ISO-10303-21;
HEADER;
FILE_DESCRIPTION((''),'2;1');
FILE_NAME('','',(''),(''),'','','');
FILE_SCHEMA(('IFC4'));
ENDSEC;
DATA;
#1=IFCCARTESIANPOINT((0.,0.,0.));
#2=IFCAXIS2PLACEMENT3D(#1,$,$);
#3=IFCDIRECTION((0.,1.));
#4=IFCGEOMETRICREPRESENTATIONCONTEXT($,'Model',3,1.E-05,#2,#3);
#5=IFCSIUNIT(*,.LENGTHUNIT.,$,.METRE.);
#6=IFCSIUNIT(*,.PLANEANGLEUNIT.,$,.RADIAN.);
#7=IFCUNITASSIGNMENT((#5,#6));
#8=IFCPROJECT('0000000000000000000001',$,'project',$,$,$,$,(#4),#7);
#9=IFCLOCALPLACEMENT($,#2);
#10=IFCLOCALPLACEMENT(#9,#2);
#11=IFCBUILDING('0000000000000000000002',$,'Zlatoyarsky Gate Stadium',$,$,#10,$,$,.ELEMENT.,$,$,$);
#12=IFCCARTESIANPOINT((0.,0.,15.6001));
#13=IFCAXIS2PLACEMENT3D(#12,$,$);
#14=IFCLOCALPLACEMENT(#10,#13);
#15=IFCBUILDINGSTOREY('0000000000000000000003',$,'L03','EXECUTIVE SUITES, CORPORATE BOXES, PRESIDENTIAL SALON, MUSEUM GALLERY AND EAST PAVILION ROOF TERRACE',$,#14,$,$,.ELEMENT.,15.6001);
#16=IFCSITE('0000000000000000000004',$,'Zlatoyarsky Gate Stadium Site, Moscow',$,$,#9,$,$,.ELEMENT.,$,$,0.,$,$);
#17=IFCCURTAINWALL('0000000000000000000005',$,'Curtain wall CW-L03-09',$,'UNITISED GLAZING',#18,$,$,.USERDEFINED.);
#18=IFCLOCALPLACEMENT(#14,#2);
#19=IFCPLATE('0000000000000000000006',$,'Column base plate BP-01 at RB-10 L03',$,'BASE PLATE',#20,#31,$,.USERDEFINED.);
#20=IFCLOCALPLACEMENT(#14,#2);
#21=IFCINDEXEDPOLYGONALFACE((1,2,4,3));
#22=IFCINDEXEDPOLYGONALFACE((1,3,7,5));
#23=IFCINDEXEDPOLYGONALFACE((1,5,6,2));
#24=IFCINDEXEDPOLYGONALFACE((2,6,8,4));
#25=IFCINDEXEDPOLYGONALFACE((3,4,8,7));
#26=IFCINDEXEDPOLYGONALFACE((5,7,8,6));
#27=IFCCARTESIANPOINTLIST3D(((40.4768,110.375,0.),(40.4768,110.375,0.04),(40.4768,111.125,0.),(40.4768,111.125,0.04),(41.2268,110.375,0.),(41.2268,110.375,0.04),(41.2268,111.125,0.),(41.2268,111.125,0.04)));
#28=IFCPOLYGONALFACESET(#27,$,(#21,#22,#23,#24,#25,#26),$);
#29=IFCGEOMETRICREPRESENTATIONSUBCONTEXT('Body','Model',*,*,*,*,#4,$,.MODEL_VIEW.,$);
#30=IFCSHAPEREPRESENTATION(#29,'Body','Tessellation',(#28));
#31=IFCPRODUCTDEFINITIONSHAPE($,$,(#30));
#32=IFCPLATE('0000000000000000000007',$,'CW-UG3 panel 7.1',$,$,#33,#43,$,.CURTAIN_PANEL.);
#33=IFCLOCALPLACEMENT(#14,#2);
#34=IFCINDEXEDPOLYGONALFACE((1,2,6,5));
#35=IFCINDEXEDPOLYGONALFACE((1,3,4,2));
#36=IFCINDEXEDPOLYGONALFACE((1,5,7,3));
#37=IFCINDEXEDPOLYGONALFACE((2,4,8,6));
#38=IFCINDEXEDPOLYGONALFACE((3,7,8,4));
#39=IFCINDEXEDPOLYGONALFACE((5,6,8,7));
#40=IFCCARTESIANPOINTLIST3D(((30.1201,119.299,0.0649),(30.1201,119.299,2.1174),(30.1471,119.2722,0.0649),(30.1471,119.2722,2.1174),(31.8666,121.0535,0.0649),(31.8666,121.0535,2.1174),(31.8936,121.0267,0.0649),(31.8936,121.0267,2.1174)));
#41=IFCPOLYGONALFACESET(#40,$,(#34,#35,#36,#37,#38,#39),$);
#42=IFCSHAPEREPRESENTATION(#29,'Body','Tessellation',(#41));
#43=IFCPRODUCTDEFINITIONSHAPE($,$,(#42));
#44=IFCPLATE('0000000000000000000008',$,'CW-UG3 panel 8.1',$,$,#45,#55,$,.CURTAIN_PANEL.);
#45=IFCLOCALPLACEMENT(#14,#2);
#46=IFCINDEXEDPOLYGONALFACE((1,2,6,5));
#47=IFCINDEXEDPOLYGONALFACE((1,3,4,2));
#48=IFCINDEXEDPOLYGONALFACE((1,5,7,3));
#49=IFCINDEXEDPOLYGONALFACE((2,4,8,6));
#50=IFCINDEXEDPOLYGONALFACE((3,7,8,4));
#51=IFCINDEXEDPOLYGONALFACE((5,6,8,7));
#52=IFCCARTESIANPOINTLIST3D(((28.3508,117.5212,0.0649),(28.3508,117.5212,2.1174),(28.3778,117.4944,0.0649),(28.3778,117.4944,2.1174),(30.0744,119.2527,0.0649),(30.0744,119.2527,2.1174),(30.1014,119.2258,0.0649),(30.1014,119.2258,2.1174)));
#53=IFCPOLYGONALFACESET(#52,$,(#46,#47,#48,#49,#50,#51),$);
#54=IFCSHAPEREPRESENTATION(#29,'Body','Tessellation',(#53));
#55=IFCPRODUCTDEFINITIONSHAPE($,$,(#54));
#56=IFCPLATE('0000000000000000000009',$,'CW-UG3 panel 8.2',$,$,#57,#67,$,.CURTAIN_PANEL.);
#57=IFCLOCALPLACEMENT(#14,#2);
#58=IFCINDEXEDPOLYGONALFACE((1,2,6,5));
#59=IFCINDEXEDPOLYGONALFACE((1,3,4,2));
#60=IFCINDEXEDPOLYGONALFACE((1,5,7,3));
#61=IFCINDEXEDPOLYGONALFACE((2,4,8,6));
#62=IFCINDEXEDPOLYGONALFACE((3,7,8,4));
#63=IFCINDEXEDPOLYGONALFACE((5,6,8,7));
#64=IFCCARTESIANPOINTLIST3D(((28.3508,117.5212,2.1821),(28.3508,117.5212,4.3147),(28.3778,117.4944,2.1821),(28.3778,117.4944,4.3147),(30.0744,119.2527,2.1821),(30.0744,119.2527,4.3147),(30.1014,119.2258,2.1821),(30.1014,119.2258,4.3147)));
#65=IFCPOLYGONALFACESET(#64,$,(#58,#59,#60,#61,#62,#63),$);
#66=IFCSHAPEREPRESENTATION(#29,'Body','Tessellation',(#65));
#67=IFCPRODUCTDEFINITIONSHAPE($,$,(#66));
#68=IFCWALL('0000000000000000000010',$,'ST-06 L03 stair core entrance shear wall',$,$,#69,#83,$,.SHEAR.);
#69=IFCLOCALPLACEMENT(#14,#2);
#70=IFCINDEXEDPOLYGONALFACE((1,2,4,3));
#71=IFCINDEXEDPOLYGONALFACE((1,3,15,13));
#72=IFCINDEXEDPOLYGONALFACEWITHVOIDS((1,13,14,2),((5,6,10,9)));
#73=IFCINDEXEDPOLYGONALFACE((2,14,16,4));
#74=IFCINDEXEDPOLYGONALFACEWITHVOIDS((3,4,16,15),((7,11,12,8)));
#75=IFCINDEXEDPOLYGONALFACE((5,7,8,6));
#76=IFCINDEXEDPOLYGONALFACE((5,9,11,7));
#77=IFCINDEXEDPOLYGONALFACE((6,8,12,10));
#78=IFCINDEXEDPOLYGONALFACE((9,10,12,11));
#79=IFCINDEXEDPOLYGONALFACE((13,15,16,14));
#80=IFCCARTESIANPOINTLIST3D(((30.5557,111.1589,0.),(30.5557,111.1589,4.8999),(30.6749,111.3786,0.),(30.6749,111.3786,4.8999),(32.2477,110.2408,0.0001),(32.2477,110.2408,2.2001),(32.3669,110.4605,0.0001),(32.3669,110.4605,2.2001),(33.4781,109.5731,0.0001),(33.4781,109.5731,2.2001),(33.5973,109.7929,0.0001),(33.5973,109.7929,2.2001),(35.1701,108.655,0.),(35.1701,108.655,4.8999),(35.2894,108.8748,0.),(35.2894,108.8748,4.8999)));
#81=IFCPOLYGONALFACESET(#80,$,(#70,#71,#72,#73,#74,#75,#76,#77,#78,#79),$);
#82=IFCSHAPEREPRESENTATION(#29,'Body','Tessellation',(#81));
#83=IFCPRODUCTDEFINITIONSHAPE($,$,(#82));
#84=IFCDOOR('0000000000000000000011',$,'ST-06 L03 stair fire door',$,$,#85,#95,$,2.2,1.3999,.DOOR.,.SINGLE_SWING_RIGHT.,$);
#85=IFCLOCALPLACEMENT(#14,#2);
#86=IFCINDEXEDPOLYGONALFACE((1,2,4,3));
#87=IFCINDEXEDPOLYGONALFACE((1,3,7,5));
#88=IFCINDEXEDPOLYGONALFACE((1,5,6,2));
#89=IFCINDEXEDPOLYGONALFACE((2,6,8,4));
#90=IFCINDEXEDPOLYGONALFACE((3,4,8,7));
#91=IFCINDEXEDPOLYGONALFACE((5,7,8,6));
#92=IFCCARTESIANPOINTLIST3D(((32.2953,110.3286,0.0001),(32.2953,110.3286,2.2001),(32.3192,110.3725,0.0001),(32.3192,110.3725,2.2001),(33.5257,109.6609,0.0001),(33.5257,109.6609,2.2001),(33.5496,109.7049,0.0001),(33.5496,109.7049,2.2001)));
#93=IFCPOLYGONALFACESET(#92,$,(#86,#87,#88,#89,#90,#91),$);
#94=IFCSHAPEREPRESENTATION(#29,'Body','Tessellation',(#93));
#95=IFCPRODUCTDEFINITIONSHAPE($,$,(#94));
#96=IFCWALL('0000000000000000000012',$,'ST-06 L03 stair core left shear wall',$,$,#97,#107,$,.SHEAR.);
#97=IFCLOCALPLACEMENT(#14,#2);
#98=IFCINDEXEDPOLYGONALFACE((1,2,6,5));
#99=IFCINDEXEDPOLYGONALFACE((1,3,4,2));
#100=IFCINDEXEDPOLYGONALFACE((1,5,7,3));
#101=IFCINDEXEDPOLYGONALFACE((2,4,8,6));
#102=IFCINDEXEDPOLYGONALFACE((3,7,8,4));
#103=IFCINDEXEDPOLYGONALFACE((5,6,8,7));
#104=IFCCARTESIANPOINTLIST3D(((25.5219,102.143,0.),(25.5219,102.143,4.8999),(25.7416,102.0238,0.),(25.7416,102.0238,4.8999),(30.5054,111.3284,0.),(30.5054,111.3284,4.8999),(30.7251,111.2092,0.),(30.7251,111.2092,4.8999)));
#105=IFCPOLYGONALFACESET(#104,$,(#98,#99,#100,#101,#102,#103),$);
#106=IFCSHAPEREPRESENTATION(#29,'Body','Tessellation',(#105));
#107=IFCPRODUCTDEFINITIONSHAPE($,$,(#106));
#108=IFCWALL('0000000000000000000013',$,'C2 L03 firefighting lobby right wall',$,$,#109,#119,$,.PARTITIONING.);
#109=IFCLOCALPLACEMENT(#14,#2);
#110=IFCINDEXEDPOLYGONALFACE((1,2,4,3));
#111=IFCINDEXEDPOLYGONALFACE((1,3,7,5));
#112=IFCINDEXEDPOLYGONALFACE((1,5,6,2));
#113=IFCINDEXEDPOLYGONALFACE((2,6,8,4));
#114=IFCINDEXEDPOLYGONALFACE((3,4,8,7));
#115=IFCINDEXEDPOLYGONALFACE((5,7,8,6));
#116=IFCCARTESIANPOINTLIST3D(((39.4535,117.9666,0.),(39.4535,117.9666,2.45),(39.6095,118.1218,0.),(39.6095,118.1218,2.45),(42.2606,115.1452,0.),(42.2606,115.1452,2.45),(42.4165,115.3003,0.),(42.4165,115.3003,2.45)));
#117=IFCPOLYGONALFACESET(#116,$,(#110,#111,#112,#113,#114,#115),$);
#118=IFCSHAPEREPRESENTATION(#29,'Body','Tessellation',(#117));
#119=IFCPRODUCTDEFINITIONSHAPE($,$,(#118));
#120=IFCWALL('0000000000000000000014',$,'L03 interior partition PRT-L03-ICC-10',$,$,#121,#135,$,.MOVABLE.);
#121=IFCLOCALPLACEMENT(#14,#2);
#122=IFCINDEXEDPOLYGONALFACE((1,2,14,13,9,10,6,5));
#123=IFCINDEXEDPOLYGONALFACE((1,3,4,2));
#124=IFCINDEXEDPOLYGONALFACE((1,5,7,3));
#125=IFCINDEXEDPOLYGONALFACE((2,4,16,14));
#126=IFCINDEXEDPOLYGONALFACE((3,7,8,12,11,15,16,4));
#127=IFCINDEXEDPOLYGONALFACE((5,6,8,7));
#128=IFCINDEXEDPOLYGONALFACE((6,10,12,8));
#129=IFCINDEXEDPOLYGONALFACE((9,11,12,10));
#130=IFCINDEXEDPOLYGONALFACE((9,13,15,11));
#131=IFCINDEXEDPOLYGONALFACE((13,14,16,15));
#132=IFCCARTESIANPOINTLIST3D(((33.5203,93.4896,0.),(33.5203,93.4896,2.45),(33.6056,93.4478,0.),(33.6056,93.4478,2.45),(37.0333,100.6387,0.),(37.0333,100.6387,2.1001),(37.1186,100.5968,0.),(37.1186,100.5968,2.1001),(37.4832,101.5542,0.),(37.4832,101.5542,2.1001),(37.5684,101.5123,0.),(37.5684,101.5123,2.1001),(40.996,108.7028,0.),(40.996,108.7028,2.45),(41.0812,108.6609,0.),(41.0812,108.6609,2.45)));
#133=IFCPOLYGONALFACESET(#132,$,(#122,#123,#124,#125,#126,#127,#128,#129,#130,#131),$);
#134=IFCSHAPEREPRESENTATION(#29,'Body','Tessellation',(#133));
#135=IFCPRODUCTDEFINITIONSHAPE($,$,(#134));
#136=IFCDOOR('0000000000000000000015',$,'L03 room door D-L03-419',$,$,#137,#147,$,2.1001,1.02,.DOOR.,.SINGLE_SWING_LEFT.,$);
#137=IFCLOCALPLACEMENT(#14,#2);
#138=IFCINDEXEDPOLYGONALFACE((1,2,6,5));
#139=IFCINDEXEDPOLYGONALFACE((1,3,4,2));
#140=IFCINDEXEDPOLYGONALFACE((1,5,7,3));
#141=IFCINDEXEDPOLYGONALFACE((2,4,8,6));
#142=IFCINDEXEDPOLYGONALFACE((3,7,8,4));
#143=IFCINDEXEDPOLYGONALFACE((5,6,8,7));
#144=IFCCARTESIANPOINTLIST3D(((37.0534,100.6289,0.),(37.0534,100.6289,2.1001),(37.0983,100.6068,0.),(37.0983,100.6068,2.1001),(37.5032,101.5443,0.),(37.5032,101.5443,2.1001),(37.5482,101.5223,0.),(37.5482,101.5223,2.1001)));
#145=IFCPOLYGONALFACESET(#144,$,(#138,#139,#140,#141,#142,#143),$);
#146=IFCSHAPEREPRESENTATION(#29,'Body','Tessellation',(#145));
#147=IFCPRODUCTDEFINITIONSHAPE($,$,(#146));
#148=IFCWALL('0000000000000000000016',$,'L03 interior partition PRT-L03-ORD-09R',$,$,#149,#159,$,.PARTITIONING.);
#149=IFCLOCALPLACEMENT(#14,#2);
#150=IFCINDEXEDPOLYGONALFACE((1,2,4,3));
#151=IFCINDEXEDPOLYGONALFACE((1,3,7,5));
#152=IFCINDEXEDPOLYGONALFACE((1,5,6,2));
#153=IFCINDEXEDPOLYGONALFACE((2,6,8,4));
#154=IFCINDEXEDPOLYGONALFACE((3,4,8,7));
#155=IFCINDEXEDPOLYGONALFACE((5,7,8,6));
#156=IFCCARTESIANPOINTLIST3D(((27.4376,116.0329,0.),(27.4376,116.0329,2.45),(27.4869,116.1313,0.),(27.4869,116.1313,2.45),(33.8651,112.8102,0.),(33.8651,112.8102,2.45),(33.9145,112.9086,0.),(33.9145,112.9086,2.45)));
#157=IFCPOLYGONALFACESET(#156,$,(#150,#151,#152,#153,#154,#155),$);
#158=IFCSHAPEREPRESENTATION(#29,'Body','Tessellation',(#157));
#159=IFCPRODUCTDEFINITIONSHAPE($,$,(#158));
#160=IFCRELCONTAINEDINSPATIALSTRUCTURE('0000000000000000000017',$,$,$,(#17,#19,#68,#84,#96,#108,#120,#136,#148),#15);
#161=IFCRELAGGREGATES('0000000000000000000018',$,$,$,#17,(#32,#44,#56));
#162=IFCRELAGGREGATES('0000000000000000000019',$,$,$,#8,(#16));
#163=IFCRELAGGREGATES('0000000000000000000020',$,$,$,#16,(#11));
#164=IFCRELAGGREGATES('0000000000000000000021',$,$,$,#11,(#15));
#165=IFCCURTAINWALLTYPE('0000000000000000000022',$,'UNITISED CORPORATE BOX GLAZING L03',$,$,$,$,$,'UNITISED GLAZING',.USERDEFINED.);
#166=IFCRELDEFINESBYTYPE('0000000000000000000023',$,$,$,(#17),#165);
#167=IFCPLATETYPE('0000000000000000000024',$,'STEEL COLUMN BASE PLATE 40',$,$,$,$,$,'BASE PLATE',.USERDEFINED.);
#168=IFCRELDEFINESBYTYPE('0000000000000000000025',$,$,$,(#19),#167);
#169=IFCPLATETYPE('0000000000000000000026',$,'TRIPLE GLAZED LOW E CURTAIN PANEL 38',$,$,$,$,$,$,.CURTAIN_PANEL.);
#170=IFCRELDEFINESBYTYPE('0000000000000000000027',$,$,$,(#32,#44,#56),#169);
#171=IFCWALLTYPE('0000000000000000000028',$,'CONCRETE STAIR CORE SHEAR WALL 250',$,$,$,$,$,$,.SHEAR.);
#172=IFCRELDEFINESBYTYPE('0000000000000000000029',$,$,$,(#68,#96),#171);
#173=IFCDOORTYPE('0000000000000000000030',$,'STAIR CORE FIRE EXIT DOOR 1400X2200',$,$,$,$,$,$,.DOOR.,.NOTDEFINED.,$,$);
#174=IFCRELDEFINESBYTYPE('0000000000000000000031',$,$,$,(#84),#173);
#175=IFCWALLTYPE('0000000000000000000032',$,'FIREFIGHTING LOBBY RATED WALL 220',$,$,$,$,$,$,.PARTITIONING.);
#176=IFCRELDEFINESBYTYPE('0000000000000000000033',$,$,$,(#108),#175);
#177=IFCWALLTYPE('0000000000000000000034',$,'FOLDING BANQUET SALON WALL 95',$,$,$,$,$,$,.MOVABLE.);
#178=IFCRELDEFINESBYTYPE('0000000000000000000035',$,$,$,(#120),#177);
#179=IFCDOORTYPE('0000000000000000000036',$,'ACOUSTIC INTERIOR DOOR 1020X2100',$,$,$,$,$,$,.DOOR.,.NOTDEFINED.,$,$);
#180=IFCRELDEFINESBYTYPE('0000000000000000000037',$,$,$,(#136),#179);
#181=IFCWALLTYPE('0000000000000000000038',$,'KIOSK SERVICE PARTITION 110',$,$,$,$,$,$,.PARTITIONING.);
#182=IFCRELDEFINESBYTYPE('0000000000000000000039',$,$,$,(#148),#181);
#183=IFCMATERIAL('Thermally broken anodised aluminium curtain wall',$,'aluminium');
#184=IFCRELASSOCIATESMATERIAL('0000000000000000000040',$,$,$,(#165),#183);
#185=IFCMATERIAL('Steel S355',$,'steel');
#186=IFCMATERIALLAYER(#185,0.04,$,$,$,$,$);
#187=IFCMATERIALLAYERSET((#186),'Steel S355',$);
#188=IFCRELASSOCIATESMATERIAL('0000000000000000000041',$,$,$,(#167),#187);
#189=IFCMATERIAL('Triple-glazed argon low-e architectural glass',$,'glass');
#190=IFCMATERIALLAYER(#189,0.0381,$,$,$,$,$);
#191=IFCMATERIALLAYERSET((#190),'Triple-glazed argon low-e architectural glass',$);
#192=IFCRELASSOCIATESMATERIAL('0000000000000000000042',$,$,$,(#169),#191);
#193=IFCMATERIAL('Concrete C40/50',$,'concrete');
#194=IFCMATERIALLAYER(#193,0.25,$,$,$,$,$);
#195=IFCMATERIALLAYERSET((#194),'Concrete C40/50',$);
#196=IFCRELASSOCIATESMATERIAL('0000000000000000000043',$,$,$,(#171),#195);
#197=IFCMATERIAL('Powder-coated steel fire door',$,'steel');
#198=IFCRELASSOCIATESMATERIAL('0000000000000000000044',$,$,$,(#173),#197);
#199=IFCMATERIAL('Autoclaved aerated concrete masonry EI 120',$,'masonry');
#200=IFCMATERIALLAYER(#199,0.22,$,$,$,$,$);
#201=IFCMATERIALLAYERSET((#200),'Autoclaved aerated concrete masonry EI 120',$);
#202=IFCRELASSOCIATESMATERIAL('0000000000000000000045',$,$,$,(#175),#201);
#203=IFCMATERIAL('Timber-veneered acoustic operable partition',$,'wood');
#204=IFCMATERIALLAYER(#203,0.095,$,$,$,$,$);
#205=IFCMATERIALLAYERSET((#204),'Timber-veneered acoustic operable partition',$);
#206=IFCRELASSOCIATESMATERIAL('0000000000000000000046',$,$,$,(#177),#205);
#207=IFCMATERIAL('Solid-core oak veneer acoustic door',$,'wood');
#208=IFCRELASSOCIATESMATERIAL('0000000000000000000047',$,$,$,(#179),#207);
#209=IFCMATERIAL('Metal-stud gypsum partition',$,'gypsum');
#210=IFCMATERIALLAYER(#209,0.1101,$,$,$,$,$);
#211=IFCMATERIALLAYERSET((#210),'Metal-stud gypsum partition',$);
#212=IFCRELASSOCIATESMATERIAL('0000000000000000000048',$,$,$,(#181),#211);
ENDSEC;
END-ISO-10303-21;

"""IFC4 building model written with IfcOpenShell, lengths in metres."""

from ifc_helpers import new_model, si_unit, direction, frame, frame_2d, origin, origin_2d, place, context, subcontext, project, spatial, rectangle, extrude, material, layer, layer_set, type_object, element, fill, aggregate, save


model = new_model("IFC4")

# Units and contexts
model_context = context("Model", 3, precision=1e-05, world=origin(), true_north=direction((0.0, 1.0)))
body_context = subcontext(model_context, "Body", "Model", "MODEL_VIEW")
ifc_project = project(units=[si_unit("LENGTHUNIT", "METRE"), si_unit("PLANEANGLEUNIT", "RADIAN")], contexts=[model_context])

# Site, building, storey
site_placement = place(None, origin())
site = spatial("IfcSite", under=ifc_project, at=site_placement, Name="Zlatoyarsky Gate Stadium Site, Moscow", CompositionType="ELEMENT", RefElevation=0.0)
building_placement = place(site_placement, origin())
building = spatial("IfcBuilding", under=site, at=building_placement, Name="Zlatoyarsky Gate Stadium", CompositionType="ELEMENT")
storey_placement = place(building_placement, frame((0.0, 0.0, 15.6001)))
storey = spatial("IfcBuildingStorey", under=building, at=storey_placement, Name="L03", Description="EXECUTIVE SUITES, CORPORATE BOXES, PRESIDENTIAL SALON, MUSEUM GALLERY AND EAST PAVILION ROOF TERRACE", CompositionType="ELEMENT", Elevation=15.6001)

# Shared definitions
ifc_material_1 = material(Name="Steel S355", Category="steel")

# Curtain wall
ifc_material_2 = material(Name="Thermally broken anodised aluminium curtain wall", Category="aluminium")
curtain_wall_type = type_object("IfcCurtainWallType", Name="UNITISED CORPORATE BOX GLAZING L03", ElementType="UNITISED GLAZING", PredefinedType="USERDEFINED", material=ifc_material_2)
curtain_wall_1_placement = place(storey_placement, origin())
curtain_wall_1 = element("IfcCurtainWall", 1, at=curtain_wall_1_placement, inside=storey, type_object=curtain_wall_type, Name="Curtain wall CW-L03-09", ObjectType="UNITISED GLAZING", PredefinedType="USERDEFINED")

# Plates
ifc_layer_1 = layer(ifc_material_1, 0.04)
ifc_layer_set_1 = layer_set([ifc_layer_1], Name="Steel S355")
plate_type_1 = type_object("IfcPlateType", Name="STEEL COLUMN BASE PLATE 40", ElementType="BASE PLATE", PredefinedType="USERDEFINED", material=ifc_layer_set_1)
plate_1_placement = place(storey_placement, frame((40.8518, 110.75, 0.0), z_axis=(0.0, 0.0, 1.0), x_axis=(1.0, 0.0, 0.0)))
element("IfcPlate", 2, at=plate_1_placement, inside=storey, type_object=plate_type_1, Name="Column base plate BP-01 at RB-10 L03", ObjectType="BASE PLATE", PredefinedType="USERDEFINED", context=body_context, shape_type="SweptSolid", body=[
    extrude(rectangle(XDim=0.75, YDim=0.75, at=origin_2d()), origin(), (0.0, 0.0, 1.0), 0.04),
])
ifc_material_3 = material(Name="Triple-glazed argon low-e architectural glass", Category="glass")
ifc_layer_2 = layer(ifc_material_3, 0.0381)
ifc_layer_set_2 = layer_set([ifc_layer_2], Name="Triple-glazed argon low-e architectural glass")
plate_type_2 = type_object("IfcPlateType", Name="TRIPLE GLAZED LOW E CURTAIN PANEL 38", PredefinedType="CURTAIN_PANEL", material=ifc_layer_set_2)
plate_2_placement = place(storey_placement, frame((31.0068, 120.1628, 0.0649), z_axis=(0.0, 0.0, 1.0), x_axis=(-0.705489, -0.708721, 0.0)))
plate_2 = element("IfcPlate", 3, at=plate_2_placement, type_object=plate_type_2, Name="CW-UG3 panel 7.1", PredefinedType="CURTAIN_PANEL", context=body_context, shape_type="SweptSolid", body=[
    extrude(rectangle(XDim=2.4756, YDim=0.0381, at=origin_2d()), origin(), (0.0, 0.0, 1.0), 2.0525),
])
plate_3_placement = place(storey_placement, frame((29.2261, 118.3735, 0.0649), z_axis=(0.0, 0.0, 1.0), x_axis=(-0.705489, -0.708721, 0.0)))
plate_3 = element("IfcPlate", 4, at=plate_3_placement, type_object=plate_type_2, Name="CW-UG3 panel 8.1", PredefinedType="CURTAIN_PANEL", context=body_context, shape_type="SweptSolid", body=[
    extrude(rectangle(XDim=2.4431, YDim=0.0381, at=origin_2d()), origin(), (0.0, 0.0, 1.0), 2.0525),
])
plate_4_placement = place(storey_placement, frame((29.2261, 118.3735, 2.1821), z_axis=(0.0, 0.0, 1.0), x_axis=(-0.705489, -0.708721, 0.0)))
plate_4 = element("IfcPlate", 5, at=plate_4_placement, type_object=plate_type_2, Name="CW-UG3 panel 8.2", PredefinedType="CURTAIN_PANEL", context=body_context, shape_type="SweptSolid", body=[
    extrude(rectangle(XDim=2.4431, YDim=0.0381, at=origin_2d()), origin(), (0.0, 0.0, 1.0), 2.1326),
])
aggregate(curtain_wall_1, [plate_2, plate_3, plate_4])

# Wall, opening, door
ifc_material_4 = material(Name="Concrete C40/50", Category="concrete")
ifc_layer_3 = layer(ifc_material_4, 0.25)
ifc_layer_set_3 = layer_set([ifc_layer_3], Name="Concrete C40/50")
wall_type_1 = type_object("IfcWallType", Name="CONCRETE STAIR CORE SHEAR WALL 250", PredefinedType="SHEAR", material=ifc_layer_set_3)
wall_1_placement = place(storey_placement, frame((35.2297, 108.7649, 0.0), z_axis=(0.0, 0.0, 1.0), x_axis=(-0.878942, 0.476929, 0.0)))
wall_1 = element("IfcWall", 6, at=wall_1_placement, inside=storey, type_object=wall_type_1, Name="ST-06 L03 stair core entrance shear wall", PredefinedType="SHEAR", context=body_context, shape_type="SweptSolid", body=[
    extrude(rectangle(XDim=5.25, YDim=0.25, at=frame_2d((2.625, 0.0))), origin(), (0.0, 0.0, 1.0), 4.8999),
])
opening_1_placement = place(wall_1_placement, frame((1.925, 0.0, 0.0)))
opening_1 = element("IfcOpeningElement", 7, at=opening_1_placement, cuts=wall_1, PredefinedType="OPENING", context=body_context, shape_type="SweptSolid", body=[
    extrude(rectangle(XDim=1.3999, YDim=2.2, at=frame_2d((0.7, 1.1001))), frame((0.0, 0.135, 0.0), z_axis=(0.0, -1.0, 0.0), x_axis=(1.0, 0.0, 0.0)), (0.0, 0.0, 1.0), 0.27),
])
ifc_material_5 = material(Name="Powder-coated steel fire door", Category="steel")
door_type_1 = type_object("IfcDoorType", Name="STAIR CORE FIRE EXIT DOOR 1400X2200", OperationType="NOTDEFINED", PredefinedType="DOOR", material=ifc_material_5)
door_1_placement = place(opening_1_placement, frame((1.3999, 0.0, 0.0), z_axis=(0.0, 0.0, 1.0), x_axis=(-1.0, 0.0, 0.0)))
door_1 = element("IfcDoor", 8, at=door_1_placement, inside=storey, type_object=door_type_1, Name="ST-06 L03 stair fire door", OperationType="SINGLE_SWING_RIGHT", OverallHeight=2.2, OverallWidth=1.3999, PredefinedType="DOOR", context=body_context, shape_type="SweptSolid", body=[
    extrude(rectangle(XDim=1.3999, YDim=2.2, at=frame_2d((0.7, 1.1001))), frame((0.0, 0.0249, 0.0), z_axis=(0.0, -1.0, 0.0), x_axis=(1.0, 0.0, 0.0)), (0.0, 0.0, 1.0), 0.05),
])
fill(opening_1, door_1)

# Walls
wall_2_placement = place(storey_placement, frame((30.6152, 111.2688, 0.0), z_axis=(0.0, 0.0, 1.0), x_axis=(-0.476877, -0.87897, 0.0)))
element("IfcWall", 9, at=wall_2_placement, inside=storey, type_object=wall_type_1, Name="ST-06 L03 stair core left shear wall", PredefinedType="SHEAR", context=body_context, shape_type="SweptSolid", body=[
    extrude(rectangle(XDim=10.4502, YDim=0.25, at=frame_2d((5.2251, 0.0))), origin(), (0.0, 0.0, 1.0), 4.8999),
])
ifc_material_6 = material(Name="Autoclaved aerated concrete masonry EI 120", Category="masonry")
ifc_layer_4 = layer(ifc_material_6, 0.22)
ifc_layer_set_4 = layer_set([ifc_layer_4], Name="Autoclaved aerated concrete masonry EI 120")
wall_type_2 = type_object("IfcWallType", Name="FIREFIGHTING LOBBY RATED WALL 220", PredefinedType="PARTITIONING", material=ifc_layer_set_4)
wall_3_placement = place(storey_placement, frame((39.5315, 118.0442, 0.0), z_axis=(0.0, 0.0, 1.0), x_axis=(0.705295, -0.708914, 0.0)))
element("IfcWall", 10, at=wall_3_placement, inside=storey, type_object=wall_type_2, Name="C2 L03 firefighting lobby right wall", PredefinedType="PARTITIONING", context=body_context, shape_type="SweptSolid", body=[
    extrude(rectangle(XDim=3.98, YDim=0.22, at=frame_2d((1.99, 0.0))), origin(), (0.0, 0.0, 1.0), 2.45),
])

# Wall, opening, door
ifc_material_7 = material(Name="Timber-veneered acoustic operable partition", Category="wood")
ifc_layer_5 = layer(ifc_material_7, 0.095)
ifc_layer_set_5 = layer_set([ifc_layer_5], Name="Timber-veneered acoustic operable partition")
wall_type_3 = type_object("IfcWallType", Name="FOLDING BANQUET SALON WALL 95", PredefinedType="MOVABLE", material=ifc_layer_set_5)
wall_4_placement = place(storey_placement, frame((41.0386, 108.6819, 0.0), z_axis=(0.0, 0.0, 1.0), x_axis=(-0.441021, -0.897497, 0.0)))
wall_4 = element("IfcWall", 11, at=wall_4_placement, inside=storey, type_object=wall_type_3, Name="L03 interior partition PRT-L03-ICC-10", PredefinedType="MOVABLE", context=body_context, shape_type="SweptSolid", body=[
    extrude(rectangle(XDim=16.9507, YDim=0.095, at=frame_2d((8.4753, 0.0))), origin(), (0.0, 0.0, 1.0), 2.45),
])
opening_2_placement = place(wall_4_placement, frame((7.9651, 0.0, 0.0)))
opening_2 = element("IfcOpeningElement", 12, at=opening_2_placement, cuts=wall_4, PredefinedType="OPENING", context=body_context, shape_type="SweptSolid", body=[
    extrude(rectangle(XDim=1.02, YDim=2.1001, at=frame_2d((0.51, 1.05))), frame((0.0, 0.0574, 0.0), z_axis=(0.0, -1.0, 0.0), x_axis=(1.0, 0.0, 0.0)), (0.0, 0.0, 1.0), 0.115),
])
ifc_material_8 = material(Name="Solid-core oak veneer acoustic door", Category="wood")
door_type_2 = type_object("IfcDoorType", Name="ACOUSTIC INTERIOR DOOR 1020X2100", OperationType="NOTDEFINED", PredefinedType="DOOR", material=ifc_material_8)
door_2_placement = place(opening_2_placement, origin())
door_2 = element("IfcDoor", 13, at=door_2_placement, inside=storey, type_object=door_type_2, Name="L03 room door D-L03-419", OperationType="SINGLE_SWING_LEFT", OverallHeight=2.1001, OverallWidth=1.02, PredefinedType="DOOR", context=body_context, shape_type="SweptSolid", body=[
    extrude(rectangle(XDim=1.02, YDim=2.1001, at=frame_2d((0.51, 1.05))), frame((0.0, 0.0249, 0.0), z_axis=(0.0, -1.0, 0.0), x_axis=(1.0, 0.0, 0.0)), (0.0, 0.0, 1.0), 0.05),
])
fill(opening_2, door_2)

# Wall
ifc_material_9 = material(Name="Metal-stud gypsum partition", Category="gypsum")
ifc_layer_6 = layer(ifc_material_9, 0.1101)
ifc_layer_set_6 = layer_set([ifc_layer_6], Name="Metal-stud gypsum partition")
wall_type_4 = type_object("IfcWallType", Name="KIOSK SERVICE PARTITION 110", PredefinedType="PARTITIONING", material=ifc_layer_set_6)
wall_5_placement = place(storey_placement, frame((33.8899, 112.8594, 0.0), z_axis=(0.0, 0.0, 1.0), x_axis=(-0.893931, 0.448205, 0.0)))
element("IfcWall", 14, at=wall_5_placement, inside=storey, type_object=wall_type_4, Name="L03 interior partition PRT-L03-ORD-09R", PredefinedType="PARTITIONING", context=body_context, shape_type="SweptSolid", body=[
    extrude(rectangle(XDim=7.1902, YDim=0.1101, at=frame_2d((3.5952, 0.0))), origin(), (0.0, 0.0, 1.0), 2.45),
])

save(model, "model.ifc")
